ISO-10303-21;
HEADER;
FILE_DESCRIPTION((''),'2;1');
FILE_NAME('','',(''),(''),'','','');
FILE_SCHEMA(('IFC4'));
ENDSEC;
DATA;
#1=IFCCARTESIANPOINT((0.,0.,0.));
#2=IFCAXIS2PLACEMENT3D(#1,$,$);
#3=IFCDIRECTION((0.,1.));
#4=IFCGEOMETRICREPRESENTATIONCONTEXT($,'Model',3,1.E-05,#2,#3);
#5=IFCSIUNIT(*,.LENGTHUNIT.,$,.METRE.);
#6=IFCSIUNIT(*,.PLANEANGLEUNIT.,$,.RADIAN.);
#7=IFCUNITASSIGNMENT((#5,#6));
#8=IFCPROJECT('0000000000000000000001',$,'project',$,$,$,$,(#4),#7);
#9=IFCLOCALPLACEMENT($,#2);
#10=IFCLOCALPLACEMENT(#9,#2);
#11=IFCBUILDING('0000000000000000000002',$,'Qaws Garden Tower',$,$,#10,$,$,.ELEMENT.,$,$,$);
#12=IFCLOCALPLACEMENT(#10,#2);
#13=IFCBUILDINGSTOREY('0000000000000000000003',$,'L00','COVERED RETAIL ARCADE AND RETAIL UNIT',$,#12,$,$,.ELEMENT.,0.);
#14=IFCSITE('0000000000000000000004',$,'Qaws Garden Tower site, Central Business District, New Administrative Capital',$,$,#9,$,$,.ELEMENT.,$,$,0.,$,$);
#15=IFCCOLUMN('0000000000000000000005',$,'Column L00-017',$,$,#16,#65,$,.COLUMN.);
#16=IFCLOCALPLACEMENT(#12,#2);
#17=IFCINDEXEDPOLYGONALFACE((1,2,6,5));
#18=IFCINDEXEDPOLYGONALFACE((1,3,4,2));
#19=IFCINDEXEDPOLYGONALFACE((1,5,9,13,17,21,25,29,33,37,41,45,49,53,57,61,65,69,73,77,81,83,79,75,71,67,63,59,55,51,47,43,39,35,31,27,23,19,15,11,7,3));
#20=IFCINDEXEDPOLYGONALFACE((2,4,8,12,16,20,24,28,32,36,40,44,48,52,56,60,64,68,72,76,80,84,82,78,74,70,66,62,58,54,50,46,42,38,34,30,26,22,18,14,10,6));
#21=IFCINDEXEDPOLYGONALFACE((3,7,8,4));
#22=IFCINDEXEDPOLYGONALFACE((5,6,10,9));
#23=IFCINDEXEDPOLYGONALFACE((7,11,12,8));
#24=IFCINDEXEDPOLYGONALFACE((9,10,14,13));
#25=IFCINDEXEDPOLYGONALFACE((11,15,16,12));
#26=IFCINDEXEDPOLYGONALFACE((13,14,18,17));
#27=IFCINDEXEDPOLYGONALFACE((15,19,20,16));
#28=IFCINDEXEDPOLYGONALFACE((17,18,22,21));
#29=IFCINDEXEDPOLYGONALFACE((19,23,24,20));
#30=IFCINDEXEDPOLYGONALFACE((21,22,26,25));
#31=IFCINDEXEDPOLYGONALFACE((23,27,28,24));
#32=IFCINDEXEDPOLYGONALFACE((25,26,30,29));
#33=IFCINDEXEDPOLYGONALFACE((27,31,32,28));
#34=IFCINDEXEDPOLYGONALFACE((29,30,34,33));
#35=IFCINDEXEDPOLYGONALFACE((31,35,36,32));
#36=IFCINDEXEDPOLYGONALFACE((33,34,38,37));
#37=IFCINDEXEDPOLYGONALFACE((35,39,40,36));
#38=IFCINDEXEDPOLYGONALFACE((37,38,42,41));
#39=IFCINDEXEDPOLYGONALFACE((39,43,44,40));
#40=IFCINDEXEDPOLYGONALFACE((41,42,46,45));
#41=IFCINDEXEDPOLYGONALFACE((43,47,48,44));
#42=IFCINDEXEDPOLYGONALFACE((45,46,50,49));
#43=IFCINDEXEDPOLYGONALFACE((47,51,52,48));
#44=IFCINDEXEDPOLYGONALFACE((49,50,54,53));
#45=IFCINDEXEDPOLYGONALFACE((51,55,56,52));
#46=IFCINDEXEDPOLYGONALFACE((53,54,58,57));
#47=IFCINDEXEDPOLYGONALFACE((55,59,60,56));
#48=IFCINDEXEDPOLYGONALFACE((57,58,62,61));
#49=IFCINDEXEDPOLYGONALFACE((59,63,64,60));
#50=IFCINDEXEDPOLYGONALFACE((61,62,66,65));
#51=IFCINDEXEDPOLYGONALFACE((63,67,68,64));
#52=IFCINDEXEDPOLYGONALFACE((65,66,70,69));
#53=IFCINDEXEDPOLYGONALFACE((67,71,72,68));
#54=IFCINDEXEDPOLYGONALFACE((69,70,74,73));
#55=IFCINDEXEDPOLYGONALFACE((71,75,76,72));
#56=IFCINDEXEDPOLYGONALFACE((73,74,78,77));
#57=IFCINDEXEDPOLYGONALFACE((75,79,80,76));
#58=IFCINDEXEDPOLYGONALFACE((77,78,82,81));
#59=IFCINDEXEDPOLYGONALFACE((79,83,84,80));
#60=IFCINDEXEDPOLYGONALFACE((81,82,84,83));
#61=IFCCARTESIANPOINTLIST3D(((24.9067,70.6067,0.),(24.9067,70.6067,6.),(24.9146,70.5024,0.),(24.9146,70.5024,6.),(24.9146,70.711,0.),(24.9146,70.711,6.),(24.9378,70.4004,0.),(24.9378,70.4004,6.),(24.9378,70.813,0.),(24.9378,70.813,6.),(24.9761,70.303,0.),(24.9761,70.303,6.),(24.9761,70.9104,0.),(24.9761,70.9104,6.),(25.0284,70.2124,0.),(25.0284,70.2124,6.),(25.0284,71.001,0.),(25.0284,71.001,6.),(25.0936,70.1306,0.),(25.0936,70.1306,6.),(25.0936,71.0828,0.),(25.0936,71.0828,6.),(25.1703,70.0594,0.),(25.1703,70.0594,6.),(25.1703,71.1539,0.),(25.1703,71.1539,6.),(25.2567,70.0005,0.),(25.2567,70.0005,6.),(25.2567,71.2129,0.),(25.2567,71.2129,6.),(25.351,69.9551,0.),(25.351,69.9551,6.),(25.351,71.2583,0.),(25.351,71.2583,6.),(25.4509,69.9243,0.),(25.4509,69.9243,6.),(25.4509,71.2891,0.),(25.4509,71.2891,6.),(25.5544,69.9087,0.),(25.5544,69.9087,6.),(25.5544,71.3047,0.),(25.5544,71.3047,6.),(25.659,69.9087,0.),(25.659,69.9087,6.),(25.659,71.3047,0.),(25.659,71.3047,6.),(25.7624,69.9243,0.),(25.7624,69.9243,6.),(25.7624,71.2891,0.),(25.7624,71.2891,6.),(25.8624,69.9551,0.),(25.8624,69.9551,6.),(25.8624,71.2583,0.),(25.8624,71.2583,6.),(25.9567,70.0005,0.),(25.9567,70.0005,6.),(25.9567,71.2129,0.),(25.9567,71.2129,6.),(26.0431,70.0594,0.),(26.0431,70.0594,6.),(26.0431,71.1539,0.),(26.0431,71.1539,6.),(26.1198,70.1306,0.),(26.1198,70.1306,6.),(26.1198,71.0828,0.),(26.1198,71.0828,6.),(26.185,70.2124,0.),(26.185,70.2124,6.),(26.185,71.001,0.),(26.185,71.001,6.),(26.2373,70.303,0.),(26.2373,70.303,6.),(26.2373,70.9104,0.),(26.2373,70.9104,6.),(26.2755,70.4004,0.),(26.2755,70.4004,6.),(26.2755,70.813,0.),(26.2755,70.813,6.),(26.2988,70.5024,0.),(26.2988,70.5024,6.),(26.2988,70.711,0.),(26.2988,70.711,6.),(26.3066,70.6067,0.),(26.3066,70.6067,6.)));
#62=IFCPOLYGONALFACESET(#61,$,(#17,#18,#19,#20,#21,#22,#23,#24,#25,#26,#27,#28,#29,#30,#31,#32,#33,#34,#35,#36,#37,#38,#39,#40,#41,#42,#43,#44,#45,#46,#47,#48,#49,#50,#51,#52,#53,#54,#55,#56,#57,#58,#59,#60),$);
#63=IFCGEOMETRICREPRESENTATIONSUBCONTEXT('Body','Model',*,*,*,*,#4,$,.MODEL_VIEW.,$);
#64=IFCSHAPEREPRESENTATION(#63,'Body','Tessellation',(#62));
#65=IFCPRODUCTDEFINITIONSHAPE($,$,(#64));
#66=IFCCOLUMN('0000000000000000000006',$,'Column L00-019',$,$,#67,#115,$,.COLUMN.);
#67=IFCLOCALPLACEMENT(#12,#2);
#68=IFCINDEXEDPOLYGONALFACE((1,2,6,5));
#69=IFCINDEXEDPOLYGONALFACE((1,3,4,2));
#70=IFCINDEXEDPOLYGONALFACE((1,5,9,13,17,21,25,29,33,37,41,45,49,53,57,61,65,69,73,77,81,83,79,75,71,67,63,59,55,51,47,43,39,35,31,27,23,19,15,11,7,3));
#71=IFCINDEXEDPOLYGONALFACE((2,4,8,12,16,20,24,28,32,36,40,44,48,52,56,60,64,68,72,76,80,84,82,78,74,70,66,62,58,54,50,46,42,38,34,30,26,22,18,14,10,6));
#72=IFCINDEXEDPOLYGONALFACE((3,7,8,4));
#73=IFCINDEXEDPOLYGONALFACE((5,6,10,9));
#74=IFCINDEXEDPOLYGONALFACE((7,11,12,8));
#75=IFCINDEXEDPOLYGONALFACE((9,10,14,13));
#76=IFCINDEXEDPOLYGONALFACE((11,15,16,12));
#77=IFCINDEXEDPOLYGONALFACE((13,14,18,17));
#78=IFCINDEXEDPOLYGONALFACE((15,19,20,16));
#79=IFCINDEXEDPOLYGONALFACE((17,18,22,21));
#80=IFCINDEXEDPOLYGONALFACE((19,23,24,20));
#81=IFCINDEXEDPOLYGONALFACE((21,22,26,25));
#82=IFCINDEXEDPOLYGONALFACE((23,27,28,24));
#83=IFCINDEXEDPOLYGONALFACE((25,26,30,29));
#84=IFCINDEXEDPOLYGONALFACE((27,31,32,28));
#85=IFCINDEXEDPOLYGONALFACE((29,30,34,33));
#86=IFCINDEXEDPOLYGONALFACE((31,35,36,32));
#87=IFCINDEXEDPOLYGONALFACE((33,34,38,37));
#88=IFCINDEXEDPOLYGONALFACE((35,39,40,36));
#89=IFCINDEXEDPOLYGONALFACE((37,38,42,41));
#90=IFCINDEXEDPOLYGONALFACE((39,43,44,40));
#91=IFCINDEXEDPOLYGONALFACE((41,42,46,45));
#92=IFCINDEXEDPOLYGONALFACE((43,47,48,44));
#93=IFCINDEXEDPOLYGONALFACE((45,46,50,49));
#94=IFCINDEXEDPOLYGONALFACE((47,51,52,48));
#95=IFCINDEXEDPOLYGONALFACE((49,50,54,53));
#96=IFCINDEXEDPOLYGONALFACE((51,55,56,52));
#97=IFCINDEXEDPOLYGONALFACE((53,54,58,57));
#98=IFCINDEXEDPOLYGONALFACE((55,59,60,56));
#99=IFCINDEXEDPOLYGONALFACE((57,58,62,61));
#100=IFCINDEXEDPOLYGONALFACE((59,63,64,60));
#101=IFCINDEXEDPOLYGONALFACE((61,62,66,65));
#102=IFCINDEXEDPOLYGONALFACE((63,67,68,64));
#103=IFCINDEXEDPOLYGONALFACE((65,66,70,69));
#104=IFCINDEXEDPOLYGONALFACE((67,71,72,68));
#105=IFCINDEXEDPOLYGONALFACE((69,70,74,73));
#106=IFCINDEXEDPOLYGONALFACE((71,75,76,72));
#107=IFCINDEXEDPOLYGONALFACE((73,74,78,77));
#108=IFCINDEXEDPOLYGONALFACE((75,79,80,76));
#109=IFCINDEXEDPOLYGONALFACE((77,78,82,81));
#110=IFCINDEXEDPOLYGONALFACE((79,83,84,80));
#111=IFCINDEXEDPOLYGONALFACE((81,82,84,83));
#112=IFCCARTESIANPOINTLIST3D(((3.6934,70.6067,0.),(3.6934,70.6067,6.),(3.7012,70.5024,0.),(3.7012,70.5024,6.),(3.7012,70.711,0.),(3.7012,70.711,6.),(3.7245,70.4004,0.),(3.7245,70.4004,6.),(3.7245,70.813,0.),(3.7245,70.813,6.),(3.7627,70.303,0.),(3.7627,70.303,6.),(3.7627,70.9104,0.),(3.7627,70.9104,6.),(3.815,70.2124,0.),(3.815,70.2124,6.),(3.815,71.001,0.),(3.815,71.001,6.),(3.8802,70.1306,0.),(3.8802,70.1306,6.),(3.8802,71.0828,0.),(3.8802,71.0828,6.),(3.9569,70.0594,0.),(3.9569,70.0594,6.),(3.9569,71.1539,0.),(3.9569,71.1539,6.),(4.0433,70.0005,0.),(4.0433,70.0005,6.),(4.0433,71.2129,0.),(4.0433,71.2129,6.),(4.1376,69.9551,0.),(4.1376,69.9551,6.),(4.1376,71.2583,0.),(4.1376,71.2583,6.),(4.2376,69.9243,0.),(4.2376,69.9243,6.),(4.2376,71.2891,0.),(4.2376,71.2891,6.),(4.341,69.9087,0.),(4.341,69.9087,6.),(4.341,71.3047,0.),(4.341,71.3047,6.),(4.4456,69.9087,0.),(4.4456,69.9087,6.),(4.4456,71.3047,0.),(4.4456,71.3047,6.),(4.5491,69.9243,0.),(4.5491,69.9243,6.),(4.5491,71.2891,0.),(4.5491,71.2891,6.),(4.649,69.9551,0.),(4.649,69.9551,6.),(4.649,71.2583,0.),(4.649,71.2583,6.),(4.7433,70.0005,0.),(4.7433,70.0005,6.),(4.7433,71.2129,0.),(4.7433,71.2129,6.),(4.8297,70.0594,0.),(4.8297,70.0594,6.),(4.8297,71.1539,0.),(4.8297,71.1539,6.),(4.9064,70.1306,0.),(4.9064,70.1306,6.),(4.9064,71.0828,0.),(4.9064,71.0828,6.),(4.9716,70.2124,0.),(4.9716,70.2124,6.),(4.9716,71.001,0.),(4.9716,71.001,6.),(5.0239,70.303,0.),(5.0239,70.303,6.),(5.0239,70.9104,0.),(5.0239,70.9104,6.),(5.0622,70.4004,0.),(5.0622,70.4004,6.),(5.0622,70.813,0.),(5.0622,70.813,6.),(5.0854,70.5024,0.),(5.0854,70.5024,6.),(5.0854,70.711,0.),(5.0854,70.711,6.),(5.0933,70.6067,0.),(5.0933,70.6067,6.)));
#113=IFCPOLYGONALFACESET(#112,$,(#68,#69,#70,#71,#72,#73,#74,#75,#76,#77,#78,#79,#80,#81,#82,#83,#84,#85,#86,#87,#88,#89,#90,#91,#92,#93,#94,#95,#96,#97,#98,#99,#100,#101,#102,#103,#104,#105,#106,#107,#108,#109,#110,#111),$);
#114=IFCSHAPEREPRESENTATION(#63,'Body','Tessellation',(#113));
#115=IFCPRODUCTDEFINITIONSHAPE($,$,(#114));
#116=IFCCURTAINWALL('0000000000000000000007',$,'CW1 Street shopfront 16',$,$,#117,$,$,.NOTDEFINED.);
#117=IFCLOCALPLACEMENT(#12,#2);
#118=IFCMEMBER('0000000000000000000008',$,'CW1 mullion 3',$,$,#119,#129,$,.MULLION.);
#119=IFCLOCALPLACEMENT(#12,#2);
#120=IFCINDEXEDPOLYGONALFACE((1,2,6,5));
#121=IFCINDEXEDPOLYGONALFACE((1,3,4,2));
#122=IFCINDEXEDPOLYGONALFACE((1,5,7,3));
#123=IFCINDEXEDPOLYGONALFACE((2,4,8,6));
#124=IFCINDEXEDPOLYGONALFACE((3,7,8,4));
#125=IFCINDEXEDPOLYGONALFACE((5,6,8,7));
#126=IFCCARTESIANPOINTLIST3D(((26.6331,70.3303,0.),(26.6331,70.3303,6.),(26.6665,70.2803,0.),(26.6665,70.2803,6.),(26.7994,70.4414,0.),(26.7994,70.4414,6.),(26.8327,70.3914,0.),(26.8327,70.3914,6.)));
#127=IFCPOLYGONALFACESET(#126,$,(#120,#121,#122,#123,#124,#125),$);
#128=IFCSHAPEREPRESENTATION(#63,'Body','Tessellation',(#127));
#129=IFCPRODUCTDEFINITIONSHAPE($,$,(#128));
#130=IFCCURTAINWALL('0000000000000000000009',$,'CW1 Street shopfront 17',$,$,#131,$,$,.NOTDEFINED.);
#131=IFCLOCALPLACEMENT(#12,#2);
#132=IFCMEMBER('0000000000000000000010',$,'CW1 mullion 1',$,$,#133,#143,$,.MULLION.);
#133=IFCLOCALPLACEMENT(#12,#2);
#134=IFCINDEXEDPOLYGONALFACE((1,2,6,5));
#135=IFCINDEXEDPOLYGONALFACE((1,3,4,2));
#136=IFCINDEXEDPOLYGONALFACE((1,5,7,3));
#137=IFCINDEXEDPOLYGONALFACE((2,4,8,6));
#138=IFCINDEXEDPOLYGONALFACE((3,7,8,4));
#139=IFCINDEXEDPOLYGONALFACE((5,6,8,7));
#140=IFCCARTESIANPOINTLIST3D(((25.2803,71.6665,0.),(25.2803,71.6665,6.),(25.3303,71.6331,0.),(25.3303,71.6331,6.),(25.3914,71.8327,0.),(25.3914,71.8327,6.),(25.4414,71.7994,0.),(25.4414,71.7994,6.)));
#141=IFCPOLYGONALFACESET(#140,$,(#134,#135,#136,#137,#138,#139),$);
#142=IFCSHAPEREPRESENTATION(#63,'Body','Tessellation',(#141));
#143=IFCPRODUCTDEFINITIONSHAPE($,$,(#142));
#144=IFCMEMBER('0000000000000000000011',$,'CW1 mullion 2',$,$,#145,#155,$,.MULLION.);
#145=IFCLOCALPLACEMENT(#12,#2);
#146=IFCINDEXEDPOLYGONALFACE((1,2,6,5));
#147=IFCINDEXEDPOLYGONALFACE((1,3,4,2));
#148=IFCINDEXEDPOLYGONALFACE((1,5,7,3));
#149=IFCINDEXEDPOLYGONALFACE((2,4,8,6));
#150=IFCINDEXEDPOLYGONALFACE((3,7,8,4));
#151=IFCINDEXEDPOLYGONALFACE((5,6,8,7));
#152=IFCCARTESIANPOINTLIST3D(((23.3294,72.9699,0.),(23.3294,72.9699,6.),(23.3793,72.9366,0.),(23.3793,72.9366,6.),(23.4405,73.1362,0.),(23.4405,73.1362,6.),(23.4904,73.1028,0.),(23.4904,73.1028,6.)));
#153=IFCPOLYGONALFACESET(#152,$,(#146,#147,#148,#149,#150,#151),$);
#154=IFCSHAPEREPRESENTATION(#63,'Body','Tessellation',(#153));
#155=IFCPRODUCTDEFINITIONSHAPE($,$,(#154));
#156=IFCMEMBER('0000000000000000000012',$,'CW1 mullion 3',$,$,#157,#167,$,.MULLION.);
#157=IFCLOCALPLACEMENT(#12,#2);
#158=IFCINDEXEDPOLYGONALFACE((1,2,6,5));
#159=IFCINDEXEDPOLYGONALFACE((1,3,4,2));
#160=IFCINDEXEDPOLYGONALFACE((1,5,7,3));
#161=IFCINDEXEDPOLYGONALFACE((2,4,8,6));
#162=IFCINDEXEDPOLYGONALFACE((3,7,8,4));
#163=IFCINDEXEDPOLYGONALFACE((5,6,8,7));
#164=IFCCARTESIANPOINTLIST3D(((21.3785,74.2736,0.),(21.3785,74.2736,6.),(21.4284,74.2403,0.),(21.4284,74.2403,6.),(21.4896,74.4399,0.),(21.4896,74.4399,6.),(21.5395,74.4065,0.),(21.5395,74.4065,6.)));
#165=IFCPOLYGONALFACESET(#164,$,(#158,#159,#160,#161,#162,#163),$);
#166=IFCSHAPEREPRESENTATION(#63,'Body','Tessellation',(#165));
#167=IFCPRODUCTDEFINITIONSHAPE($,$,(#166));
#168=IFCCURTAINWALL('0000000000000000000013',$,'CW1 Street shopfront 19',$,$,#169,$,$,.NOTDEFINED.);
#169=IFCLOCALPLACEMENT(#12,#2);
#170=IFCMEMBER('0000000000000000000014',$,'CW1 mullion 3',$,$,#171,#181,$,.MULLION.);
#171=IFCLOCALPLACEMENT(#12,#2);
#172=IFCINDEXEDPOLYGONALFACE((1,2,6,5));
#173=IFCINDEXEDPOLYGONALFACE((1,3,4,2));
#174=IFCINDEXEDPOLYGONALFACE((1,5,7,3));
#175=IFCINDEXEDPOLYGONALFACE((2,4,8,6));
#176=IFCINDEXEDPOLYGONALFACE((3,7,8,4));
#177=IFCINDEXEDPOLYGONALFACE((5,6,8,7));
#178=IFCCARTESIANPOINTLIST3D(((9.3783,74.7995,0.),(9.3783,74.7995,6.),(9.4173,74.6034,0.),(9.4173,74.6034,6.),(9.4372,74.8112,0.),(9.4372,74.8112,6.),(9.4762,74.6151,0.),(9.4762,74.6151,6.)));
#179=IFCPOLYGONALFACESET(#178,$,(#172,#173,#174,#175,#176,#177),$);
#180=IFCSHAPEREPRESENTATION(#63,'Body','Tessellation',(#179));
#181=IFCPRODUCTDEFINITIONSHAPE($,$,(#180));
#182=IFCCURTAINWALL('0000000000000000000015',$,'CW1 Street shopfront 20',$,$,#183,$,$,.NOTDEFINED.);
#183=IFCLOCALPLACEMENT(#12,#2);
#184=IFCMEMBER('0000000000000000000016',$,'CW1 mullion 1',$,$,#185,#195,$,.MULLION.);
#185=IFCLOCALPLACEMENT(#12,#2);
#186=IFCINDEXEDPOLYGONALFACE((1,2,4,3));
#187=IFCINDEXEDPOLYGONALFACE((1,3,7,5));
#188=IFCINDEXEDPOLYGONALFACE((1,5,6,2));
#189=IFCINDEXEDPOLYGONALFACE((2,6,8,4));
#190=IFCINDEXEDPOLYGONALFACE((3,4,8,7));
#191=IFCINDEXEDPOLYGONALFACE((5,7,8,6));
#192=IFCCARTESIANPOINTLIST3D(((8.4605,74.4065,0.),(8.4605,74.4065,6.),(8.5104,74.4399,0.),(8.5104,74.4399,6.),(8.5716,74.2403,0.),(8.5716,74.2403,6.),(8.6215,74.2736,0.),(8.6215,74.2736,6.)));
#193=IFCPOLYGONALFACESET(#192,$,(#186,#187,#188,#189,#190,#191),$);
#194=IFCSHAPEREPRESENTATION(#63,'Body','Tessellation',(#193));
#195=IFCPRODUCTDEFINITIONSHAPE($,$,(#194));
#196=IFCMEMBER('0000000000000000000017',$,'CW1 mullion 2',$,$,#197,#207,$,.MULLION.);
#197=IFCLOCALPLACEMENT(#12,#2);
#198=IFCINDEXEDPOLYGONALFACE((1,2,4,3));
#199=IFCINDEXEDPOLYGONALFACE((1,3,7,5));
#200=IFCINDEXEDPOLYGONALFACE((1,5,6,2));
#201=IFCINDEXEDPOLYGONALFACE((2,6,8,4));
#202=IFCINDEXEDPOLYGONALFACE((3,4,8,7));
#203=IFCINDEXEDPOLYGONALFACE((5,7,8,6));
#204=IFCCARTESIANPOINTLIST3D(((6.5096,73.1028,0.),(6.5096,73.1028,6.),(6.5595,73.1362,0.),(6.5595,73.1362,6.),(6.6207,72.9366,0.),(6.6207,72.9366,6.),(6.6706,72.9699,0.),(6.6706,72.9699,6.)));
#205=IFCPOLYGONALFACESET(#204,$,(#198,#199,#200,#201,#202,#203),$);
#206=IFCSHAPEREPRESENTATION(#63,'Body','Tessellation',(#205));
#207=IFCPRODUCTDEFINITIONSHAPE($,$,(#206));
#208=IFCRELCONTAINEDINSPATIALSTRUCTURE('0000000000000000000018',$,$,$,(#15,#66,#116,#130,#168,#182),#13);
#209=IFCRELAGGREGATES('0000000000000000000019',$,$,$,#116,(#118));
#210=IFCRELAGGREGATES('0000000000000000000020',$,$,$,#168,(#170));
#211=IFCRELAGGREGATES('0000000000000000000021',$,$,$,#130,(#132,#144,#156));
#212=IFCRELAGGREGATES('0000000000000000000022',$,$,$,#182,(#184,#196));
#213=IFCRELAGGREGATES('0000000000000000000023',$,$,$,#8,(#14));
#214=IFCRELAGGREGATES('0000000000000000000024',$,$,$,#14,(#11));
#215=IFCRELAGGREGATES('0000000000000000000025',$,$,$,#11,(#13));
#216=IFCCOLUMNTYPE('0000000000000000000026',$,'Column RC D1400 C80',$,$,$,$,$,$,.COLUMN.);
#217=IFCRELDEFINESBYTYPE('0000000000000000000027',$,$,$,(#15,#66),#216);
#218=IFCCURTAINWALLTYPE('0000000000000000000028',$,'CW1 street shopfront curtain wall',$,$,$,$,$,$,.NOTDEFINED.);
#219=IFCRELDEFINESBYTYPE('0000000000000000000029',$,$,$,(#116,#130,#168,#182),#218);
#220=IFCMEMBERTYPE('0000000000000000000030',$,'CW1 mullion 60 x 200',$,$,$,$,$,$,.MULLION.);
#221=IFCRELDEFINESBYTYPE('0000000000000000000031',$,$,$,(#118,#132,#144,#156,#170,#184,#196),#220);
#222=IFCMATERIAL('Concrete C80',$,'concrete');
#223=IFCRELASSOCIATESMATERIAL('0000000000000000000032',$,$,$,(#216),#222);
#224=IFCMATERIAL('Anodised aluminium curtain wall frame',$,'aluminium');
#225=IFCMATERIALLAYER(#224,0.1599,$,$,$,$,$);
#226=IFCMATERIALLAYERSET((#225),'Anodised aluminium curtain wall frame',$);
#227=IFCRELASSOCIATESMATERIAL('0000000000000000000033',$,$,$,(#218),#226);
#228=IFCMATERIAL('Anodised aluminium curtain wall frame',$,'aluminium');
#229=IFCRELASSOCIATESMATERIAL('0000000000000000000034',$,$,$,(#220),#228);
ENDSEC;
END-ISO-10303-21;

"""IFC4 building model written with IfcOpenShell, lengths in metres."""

from ifc_helpers import new_model, si_unit, direction, frame, origin, origin_2d, place, context, subcontext, project, spatial, rectangle, circle, extrude, material, layer, layer_set, material_profile, profile_set, type_object, element, aggregate, save


model = new_model("IFC4")

# Units and contexts
model_context = context("Model", 3, precision=1e-05, world=origin(), true_north=direction((0.0, 1.0)))
body_context = subcontext(model_context, "Body", "Model", "MODEL_VIEW")
ifc_project = project(units=[si_unit("LENGTHUNIT", "METRE"), si_unit("PLANEANGLEUNIT", "RADIAN")], contexts=[model_context])

# Site, building, storey
site_placement = place(None, origin())
site = spatial("IfcSite", under=ifc_project, at=site_placement, Name="Qaws Garden Tower site, Central Business District, New Administrative Capital", CompositionType="ELEMENT", RefElevation=0.0)
building_placement = place(site_placement, origin())
building = spatial("IfcBuilding", under=site, at=building_placement, Name="Qaws Garden Tower", CompositionType="ELEMENT")
storey_placement = place(building_placement, origin())
storey = spatial("IfcBuildingStorey", under=building, at=storey_placement, Name="L00", Description="COVERED RETAIL ARCADE AND RETAIL UNIT", CompositionType="ELEMENT", Elevation=0.0)

# Columns
ifc_material_1 = material(Name="Concrete C80", Category="concrete")
ifc_material_profile_1 = material_profile(ifc_material_1, circle(Radius=0.7, at=origin_2d()), Name="RC D1400")
ifc_profile_set_1 = profile_set([ifc_material_profile_1], Name="Concrete C80")
column_type = type_object("IfcColumnType", Name="Column RC D1400 C80", PredefinedType="COLUMN", material=ifc_profile_set_1)
for number, where, z_axis, x_axis, name in (
    (1, (25.6067, 70.6067, 0.0), (0.0, 0.0, 1.0), (1.0, 0.0, 0.0), "Column L00-017"),
    (2, (4.3933, 70.6067, 0.0), (0.0, 0.0, 1.0), (1.0, 0.0, 0.0), "Column L00-019"),
):
    element("IfcColumn", number, at=place(storey_placement, frame(where, z_axis=z_axis, x_axis=x_axis)), inside=storey, type_object=column_type, Name=name, PredefinedType="COLUMN", context=body_context, shape_type="SweptSolid", body=[
        extrude(circle(Radius=0.7, at=origin_2d()), origin(), (0.0, 0.0, 1.0), 6.0),
    ])

# Curtain wall, member
ifc_material_2 = material(Name="Anodised aluminium curtain wall frame", Category="aluminium")
ifc_layer_1 = layer(ifc_material_2, 0.1599)
ifc_layer_set_1 = layer_set([ifc_layer_1], Name="Anodised aluminium curtain wall frame")
curtain_wall_type = type_object("IfcCurtainWallType", Name="CW1 street shopfront curtain wall", PredefinedType="NOTDEFINED", material=ifc_layer_set_1)
placement = place(storey_placement, origin())
curtain_wall_1 = element("IfcCurtainWall", 3, at=placement, inside=storey, type_object=curtain_wall_type, Name="CW1 Street shopfront 16", PredefinedType="NOTDEFINED")
ifc_material_3 = material(Name="Anodised aluminium curtain wall frame", Category="aluminium")
ifc_material_profile_2 = material_profile(ifc_material_3, rectangle(XDim=0.2, YDim=0.0601, at=origin_2d()), Name="AL 60x200")
ifc_profile_set_2 = profile_set([ifc_material_profile_2], Name="Anodised aluminium curtain wall frame")
member_type_1 = type_object("IfcMemberType", Name="CW1 mullion 60 x 200", PredefinedType="MULLION", material=ifc_profile_set_2)
member_1_placement = place(storey_placement, frame((26.7329, 70.3608, 0.0), z_axis=(0.0, 0.0, 1.0), x_axis=(-0.83147, -0.55557, 0.0)))
member_1 = element("IfcMember", 4, at=member_1_placement, type_object=member_type_1, Name="CW1 mullion 3", PredefinedType="MULLION", context=body_context, shape_type="SweptSolid", body=[
    extrude(rectangle(XDim=0.2, YDim=0.0601, at=origin_2d()), origin(), (0.0, 0.0, 1.0), 6.0),
])
aggregate(curtain_wall_1, [member_1])

# Curtain wall, members
curtain_wall_2 = element("IfcCurtainWall", 5, at=placement, inside=storey, type_object=curtain_wall_type, Name="CW1 Street shopfront 17", PredefinedType="NOTDEFINED")
member_2_placement = place(storey_placement, frame((25.3608, 71.7329, 0.0), z_axis=(0.0, 0.0, 1.0), x_axis=(-0.55557, -0.83147, 0.0)))
member_2 = element("IfcMember", 6, at=member_2_placement, type_object=member_type_1, Name="CW1 mullion 1", PredefinedType="MULLION", context=body_context, shape_type="SweptSolid", body=[
    extrude(rectangle(XDim=0.2, YDim=0.0601, at=origin_2d()), origin(), (0.0, 0.0, 1.0), 6.0),
])
member_3_placement = place(storey_placement, frame((23.4099, 73.0364, 0.0), z_axis=(0.0, 0.0, 1.0), x_axis=(-0.55557, -0.83147, 0.0)))
member_3 = element("IfcMember", 7, at=member_3_placement, type_object=member_type_1, Name="CW1 mullion 2", PredefinedType="MULLION", context=body_context, shape_type="SweptSolid", body=[
    extrude(rectangle(XDim=0.2, YDim=0.0601, at=origin_2d()), origin(), (0.0, 0.0, 1.0), 6.0),
])
member_4_placement = place(storey_placement, frame((21.459, 74.3401, 0.0), z_axis=(0.0, 0.0, 1.0), x_axis=(-0.55557, -0.83147, 0.0)))
member_4 = element("IfcMember", 8, at=member_4_placement, type_object=member_type_1, Name="CW1 mullion 3", PredefinedType="MULLION", context=body_context, shape_type="SweptSolid", body=[
    extrude(rectangle(XDim=0.2, YDim=0.0601, at=origin_2d()), origin(), (0.0, 0.0, 1.0), 6.0),
])

# Curtain wall, member
curtain_wall_3 = element("IfcCurtainWall", 9, at=placement, inside=storey, type_object=curtain_wall_type, Name="CW1 Street shopfront 19", PredefinedType="NOTDEFINED")
member_5_placement = place(storey_placement, frame((9.4272, 74.7073, 0.0), z_axis=(0.0, 0.0, 1.0), x_axis=(0.19509, -0.980785, 0.0)))
member_5 = element("IfcMember", 10, at=member_5_placement, type_object=member_type_1, Name="CW1 mullion 3", PredefinedType="MULLION", context=body_context, shape_type="SweptSolid", body=[
    extrude(rectangle(XDim=0.2, YDim=0.0601, at=origin_2d()), origin(), (0.0, 0.0, 1.0), 6.0),
])
aggregate(curtain_wall_3, [member_5])

# Curtain wall, members
curtain_wall_4 = element("IfcCurtainWall", 11, at=placement, inside=storey, type_object=curtain_wall_type, Name="CW1 Street shopfront 20", PredefinedType="NOTDEFINED")
member_6_placement = place(storey_placement, frame((8.541, 74.3401, 0.0), z_axis=(0.0, 0.0, 1.0), x_axis=(0.55557, -0.83147, 0.0)))
member_6 = element("IfcMember", 12, at=member_6_placement, type_object=member_type_1, Name="CW1 mullion 1", PredefinedType="MULLION", context=body_context, shape_type="SweptSolid", body=[
    extrude(rectangle(XDim=0.2, YDim=0.0601, at=origin_2d()), origin(), (0.0, 0.0, 1.0), 6.0),
])
member_7_placement = place(storey_placement, frame((6.5901, 73.0364, 0.0), z_axis=(0.0, 0.0, 1.0), x_axis=(0.55557, -0.83147, 0.0)))
member_7 = element("IfcMember", 13, at=member_7_placement, type_object=member_type_1, Name="CW1 mullion 2", PredefinedType="MULLION", context=body_context, shape_type="SweptSolid", body=[
    extrude(rectangle(XDim=0.2, YDim=0.0601, at=origin_2d()), origin(), (0.0, 0.0, 1.0), 6.0),
])

aggregate(curtain_wall_2, [member_2, member_3, member_4])
aggregate(curtain_wall_4, [member_6, member_7])

save(model, "model.ifc")
